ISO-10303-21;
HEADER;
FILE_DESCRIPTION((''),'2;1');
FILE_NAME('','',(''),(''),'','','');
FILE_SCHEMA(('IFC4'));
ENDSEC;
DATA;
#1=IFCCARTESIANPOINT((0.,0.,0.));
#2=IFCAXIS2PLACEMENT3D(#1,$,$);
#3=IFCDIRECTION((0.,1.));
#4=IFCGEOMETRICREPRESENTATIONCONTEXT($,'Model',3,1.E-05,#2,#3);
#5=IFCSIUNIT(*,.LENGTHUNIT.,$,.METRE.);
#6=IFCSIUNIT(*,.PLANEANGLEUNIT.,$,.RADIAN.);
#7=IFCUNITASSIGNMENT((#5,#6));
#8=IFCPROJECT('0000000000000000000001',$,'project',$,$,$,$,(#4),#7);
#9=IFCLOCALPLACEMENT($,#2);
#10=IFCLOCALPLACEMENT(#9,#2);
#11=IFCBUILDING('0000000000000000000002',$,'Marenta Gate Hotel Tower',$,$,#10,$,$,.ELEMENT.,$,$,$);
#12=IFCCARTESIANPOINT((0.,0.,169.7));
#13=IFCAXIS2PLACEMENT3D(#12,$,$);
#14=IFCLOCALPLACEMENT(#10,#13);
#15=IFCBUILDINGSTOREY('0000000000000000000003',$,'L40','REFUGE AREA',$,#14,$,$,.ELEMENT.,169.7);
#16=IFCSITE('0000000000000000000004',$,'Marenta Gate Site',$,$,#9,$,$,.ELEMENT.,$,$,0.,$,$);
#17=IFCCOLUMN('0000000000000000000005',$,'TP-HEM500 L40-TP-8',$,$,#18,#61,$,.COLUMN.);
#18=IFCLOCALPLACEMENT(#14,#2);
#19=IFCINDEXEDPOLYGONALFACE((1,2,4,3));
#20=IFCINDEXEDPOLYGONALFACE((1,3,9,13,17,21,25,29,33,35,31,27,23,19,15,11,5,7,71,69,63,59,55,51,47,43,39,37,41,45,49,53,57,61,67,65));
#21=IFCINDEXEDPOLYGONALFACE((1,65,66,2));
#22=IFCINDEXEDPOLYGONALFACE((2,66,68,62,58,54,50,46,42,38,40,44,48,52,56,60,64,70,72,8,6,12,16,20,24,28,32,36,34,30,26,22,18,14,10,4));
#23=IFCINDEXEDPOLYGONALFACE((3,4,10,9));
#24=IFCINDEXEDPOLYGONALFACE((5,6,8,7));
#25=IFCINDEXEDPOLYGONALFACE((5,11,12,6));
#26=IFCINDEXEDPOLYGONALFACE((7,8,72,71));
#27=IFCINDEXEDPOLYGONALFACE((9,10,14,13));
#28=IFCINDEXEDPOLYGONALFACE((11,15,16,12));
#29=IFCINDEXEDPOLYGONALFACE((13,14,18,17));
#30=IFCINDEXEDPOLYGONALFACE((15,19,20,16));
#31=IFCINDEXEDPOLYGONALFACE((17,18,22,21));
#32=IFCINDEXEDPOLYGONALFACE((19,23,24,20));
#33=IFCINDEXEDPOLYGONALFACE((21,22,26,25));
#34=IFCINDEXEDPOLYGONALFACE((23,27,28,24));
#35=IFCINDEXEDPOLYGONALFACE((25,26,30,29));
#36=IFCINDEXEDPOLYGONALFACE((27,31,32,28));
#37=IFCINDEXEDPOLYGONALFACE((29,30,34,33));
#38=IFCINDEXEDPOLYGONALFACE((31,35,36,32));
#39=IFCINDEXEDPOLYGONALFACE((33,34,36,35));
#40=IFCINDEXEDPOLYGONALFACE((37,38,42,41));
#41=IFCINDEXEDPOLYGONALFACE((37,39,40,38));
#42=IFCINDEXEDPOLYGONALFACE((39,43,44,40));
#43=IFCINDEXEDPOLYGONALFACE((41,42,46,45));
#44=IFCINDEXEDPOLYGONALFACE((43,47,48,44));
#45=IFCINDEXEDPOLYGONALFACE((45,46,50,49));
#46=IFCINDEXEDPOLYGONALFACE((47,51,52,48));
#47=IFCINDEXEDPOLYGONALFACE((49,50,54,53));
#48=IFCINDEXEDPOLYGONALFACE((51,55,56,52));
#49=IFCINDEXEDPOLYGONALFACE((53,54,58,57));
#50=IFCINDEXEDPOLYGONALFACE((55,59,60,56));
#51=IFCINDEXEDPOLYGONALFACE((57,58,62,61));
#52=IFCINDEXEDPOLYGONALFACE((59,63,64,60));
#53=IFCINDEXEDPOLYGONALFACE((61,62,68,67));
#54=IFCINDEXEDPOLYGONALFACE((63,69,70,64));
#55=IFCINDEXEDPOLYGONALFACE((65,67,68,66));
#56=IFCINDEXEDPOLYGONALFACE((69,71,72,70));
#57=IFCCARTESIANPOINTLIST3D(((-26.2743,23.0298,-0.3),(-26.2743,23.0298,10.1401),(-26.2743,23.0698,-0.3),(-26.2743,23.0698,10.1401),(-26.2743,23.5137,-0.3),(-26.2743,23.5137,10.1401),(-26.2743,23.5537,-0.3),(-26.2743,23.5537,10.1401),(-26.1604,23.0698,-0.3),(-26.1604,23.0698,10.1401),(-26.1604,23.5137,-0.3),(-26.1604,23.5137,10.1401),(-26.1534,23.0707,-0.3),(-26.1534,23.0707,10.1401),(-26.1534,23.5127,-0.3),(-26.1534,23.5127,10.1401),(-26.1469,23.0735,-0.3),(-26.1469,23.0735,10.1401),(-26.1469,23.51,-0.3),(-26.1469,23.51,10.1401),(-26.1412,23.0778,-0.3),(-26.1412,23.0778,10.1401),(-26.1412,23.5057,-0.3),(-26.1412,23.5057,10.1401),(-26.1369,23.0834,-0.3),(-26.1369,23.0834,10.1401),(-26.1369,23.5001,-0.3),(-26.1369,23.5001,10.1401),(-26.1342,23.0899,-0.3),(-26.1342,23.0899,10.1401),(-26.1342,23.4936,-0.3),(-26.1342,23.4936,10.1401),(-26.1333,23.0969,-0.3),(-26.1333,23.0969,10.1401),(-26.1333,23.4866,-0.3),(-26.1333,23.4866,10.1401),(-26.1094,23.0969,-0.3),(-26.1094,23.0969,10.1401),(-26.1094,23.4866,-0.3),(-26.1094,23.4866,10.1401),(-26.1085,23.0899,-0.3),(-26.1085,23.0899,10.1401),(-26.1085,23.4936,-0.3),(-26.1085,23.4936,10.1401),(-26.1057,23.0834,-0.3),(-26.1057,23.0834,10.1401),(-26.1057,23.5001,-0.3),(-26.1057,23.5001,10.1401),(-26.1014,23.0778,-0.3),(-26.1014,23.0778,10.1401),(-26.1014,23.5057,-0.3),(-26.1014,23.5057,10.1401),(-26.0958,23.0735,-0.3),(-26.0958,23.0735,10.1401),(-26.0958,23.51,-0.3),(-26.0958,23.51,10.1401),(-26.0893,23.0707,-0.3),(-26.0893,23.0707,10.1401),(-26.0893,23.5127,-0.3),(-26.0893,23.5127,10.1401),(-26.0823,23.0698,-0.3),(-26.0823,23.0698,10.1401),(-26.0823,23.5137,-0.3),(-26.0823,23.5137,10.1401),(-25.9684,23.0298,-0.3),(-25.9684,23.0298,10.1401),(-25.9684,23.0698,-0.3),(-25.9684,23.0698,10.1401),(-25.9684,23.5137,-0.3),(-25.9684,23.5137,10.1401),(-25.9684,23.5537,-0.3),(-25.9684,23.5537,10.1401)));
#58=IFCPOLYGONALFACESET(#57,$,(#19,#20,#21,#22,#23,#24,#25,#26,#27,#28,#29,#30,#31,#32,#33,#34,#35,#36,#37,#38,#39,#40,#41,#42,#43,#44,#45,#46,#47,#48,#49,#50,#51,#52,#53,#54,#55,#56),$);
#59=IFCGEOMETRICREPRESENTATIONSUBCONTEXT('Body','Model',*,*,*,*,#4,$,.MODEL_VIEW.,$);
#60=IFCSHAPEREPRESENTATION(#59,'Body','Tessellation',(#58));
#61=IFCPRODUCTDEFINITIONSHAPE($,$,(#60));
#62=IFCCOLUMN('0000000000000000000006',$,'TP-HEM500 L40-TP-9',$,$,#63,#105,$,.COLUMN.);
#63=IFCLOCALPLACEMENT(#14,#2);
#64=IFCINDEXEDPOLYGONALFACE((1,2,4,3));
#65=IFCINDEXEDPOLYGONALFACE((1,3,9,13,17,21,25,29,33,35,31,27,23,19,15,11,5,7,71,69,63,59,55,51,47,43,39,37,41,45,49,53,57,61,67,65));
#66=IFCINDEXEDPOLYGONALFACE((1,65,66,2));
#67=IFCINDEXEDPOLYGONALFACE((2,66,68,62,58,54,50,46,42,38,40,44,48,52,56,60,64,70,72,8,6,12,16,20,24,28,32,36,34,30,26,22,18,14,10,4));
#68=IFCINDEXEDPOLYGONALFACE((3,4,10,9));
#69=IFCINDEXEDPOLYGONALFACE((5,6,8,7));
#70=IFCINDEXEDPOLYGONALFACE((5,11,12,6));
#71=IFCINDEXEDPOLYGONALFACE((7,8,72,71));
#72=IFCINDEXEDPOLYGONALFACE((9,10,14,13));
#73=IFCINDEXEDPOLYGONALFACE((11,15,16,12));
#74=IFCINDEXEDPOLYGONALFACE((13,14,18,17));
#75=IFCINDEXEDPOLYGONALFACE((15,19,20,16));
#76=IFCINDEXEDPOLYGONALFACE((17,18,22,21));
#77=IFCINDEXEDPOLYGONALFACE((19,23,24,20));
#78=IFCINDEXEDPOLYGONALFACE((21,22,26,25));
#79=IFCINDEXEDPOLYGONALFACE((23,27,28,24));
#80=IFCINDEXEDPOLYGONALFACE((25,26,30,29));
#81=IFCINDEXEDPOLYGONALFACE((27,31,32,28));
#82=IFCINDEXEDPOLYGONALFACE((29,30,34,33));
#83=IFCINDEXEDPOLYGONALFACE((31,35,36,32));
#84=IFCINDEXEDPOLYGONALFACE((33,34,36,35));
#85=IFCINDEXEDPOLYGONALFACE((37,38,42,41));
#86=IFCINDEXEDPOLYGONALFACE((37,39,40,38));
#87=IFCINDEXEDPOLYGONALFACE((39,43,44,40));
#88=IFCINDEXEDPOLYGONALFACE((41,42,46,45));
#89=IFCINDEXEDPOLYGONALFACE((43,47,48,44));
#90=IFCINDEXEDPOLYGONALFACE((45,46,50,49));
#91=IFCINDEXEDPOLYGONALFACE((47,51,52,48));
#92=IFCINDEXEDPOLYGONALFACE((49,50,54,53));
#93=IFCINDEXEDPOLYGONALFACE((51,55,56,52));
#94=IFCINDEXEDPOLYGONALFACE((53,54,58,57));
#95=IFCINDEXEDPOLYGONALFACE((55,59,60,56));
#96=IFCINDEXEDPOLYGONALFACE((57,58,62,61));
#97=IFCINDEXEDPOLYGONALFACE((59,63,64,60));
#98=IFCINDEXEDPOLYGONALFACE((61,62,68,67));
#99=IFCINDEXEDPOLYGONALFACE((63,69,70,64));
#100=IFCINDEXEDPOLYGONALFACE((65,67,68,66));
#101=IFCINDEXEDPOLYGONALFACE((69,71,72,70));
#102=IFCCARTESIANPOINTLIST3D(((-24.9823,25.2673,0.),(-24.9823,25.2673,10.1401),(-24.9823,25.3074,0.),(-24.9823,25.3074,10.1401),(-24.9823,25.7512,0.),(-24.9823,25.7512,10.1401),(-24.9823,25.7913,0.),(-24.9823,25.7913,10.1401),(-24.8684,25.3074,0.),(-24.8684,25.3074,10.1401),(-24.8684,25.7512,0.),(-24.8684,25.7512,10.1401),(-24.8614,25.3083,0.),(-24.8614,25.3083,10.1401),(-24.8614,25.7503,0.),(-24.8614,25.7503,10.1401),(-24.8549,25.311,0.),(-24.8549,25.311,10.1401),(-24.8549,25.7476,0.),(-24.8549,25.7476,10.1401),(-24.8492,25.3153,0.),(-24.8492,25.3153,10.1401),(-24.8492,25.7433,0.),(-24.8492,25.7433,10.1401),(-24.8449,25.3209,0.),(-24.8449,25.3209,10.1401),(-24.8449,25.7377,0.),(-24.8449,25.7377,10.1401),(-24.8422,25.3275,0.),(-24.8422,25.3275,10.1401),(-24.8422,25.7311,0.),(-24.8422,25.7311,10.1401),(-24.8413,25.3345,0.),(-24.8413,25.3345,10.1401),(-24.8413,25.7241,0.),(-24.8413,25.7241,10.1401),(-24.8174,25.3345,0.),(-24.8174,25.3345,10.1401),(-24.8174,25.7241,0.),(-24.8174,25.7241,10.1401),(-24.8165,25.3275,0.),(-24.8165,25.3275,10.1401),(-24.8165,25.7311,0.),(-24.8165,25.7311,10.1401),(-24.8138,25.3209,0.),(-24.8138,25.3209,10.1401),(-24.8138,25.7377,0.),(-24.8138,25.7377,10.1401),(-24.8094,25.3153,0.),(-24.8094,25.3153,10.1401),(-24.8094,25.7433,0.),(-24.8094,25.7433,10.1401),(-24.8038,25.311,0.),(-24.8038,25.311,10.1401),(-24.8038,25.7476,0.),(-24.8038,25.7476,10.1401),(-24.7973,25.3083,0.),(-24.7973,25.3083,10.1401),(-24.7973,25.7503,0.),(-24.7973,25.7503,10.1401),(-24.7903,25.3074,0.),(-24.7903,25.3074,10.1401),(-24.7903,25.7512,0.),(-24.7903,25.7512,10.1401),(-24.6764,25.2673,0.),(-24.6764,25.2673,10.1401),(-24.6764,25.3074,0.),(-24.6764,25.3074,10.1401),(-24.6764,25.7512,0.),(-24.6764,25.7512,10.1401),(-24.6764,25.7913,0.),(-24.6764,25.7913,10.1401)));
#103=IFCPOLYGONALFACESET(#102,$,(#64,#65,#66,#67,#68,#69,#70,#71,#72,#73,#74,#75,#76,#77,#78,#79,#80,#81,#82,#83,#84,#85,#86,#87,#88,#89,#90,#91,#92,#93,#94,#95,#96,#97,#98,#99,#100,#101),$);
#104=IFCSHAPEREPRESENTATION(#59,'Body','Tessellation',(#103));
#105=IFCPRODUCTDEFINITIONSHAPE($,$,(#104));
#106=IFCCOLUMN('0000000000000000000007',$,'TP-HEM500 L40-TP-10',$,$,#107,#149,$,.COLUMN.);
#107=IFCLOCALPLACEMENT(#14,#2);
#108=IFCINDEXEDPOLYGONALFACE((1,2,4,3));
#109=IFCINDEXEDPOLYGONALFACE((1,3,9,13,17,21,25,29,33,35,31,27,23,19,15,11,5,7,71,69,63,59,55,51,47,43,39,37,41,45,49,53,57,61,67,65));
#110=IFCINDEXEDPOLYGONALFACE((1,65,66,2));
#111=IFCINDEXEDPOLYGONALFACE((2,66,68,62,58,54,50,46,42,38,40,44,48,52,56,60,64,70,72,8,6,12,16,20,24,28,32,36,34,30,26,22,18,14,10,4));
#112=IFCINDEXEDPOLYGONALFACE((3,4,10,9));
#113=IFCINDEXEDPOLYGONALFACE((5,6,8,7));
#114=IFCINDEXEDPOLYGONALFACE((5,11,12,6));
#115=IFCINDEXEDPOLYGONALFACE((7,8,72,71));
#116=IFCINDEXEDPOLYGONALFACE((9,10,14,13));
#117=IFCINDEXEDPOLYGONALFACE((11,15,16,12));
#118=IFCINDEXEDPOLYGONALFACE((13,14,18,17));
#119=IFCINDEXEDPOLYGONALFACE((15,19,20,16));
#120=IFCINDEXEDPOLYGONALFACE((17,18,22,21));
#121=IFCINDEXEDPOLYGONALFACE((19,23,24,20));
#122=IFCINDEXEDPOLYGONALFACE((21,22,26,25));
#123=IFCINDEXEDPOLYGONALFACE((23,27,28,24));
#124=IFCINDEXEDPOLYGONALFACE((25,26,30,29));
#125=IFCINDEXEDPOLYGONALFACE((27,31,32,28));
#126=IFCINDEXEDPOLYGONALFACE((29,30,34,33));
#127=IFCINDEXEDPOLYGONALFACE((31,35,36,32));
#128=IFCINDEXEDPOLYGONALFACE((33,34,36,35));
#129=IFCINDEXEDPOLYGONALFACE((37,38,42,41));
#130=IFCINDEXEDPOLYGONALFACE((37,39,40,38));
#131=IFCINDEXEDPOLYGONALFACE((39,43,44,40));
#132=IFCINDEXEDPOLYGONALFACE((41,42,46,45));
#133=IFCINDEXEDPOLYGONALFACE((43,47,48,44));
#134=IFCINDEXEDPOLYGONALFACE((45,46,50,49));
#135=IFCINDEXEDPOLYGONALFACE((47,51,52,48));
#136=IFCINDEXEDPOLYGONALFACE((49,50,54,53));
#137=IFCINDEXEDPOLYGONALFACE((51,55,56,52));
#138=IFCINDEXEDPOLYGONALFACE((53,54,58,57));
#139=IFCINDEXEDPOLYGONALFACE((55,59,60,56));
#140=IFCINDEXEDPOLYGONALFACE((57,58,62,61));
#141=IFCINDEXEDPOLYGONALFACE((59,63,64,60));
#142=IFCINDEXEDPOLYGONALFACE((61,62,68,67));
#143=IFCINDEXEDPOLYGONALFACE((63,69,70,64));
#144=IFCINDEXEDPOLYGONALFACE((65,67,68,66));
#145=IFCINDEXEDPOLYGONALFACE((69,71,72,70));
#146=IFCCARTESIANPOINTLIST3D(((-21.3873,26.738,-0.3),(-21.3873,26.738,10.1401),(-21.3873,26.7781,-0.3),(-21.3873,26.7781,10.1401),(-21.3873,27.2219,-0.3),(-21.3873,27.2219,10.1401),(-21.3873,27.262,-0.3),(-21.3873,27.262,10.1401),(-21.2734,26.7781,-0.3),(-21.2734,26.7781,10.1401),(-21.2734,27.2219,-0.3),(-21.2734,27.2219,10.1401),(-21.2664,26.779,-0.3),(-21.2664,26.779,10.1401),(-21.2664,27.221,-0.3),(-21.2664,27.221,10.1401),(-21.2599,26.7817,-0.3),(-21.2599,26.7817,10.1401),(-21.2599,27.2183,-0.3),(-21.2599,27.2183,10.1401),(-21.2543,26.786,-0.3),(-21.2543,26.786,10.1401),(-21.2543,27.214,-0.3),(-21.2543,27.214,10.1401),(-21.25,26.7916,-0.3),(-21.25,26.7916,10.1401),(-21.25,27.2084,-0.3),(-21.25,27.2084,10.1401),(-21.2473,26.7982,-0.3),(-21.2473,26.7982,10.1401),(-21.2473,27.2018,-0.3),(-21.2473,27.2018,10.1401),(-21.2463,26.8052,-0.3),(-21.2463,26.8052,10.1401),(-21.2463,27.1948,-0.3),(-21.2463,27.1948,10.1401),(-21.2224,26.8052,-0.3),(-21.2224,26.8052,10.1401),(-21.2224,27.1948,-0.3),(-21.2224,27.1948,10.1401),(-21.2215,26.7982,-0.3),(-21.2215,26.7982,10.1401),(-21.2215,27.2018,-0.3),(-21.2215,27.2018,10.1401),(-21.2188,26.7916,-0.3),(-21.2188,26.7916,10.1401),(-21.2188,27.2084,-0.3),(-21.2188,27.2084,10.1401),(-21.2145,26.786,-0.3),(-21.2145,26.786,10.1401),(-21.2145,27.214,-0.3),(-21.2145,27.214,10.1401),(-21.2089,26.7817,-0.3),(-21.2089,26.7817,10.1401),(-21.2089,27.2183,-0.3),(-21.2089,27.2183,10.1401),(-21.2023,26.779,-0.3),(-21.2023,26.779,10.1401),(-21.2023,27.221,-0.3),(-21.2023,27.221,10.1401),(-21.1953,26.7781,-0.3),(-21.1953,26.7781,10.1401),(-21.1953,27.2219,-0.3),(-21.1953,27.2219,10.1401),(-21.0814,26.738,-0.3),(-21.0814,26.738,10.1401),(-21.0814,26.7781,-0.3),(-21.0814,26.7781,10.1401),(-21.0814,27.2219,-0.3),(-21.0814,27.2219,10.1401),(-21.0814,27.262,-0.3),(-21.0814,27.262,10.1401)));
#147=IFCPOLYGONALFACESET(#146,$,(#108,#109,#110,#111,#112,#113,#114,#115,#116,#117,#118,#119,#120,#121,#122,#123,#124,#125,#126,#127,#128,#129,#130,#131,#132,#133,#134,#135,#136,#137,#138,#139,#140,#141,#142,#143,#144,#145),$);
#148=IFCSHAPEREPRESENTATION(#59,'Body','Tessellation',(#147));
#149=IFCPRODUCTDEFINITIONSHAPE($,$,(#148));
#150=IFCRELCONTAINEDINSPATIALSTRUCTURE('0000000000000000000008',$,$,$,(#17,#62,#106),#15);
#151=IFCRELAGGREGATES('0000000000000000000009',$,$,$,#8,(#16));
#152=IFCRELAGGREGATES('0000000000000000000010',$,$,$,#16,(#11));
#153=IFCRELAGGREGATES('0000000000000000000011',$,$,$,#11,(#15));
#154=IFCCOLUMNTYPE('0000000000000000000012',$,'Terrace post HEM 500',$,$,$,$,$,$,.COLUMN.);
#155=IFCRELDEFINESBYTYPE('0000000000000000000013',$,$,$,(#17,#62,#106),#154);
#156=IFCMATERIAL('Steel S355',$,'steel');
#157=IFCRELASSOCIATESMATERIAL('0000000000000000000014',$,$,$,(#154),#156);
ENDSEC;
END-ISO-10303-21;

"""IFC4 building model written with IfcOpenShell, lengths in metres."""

from ifc_helpers import new_model, si_unit, direction, frame, origin, origin_2d, place, context, subcontext, project, spatial, i_section, extrude, material, material_profile, profile_set, type_object, element, save


model = new_model("IFC4")

# Units and contexts
model_context = context("Model", 3, precision=1e-05, world=origin(), true_north=direction((0.0, 1.0)))
body_context = subcontext(model_context, "Body", "Model", "MODEL_VIEW")
ifc_project = project(units=[si_unit("LENGTHUNIT", "METRE"), si_unit("PLANEANGLEUNIT", "RADIAN")], contexts=[model_context])

# Site, building, storey
site_placement = place(None, origin())
site = spatial("IfcSite", under=ifc_project, at=site_placement, Name="Marenta Gate Site", CompositionType="ELEMENT", RefElevation=0.0)
building_placement = place(site_placement, origin())
building = spatial("IfcBuilding", under=site, at=building_placement, Name="Marenta Gate Hotel Tower", CompositionType="ELEMENT")
storey_placement = place(building_placement, frame((0.0, 0.0, 169.7)))
storey = spatial("IfcBuildingStorey", under=building, at=storey_placement, Name="L40", Description="REFUGE AREA", CompositionType="ELEMENT", Elevation=169.7)

# Columns
ifc_material_1 = material(Name="Steel S355", Category="steel")
ifc_material_profile_1 = material_profile(ifc_material_1, i_section(OverallWidth=0.3059, OverallDepth=0.5239, WebThickness=0.0239, FlangeThickness=0.04, FilletRadius=0.0271, at=origin_2d()), Name="HEM 500")
ifc_profile_set_1 = profile_set([ifc_material_profile_1], Name="Steel S355")
column_type = type_object("IfcColumnType", Name="Terrace post HEM 500", PredefinedType="COLUMN", material=ifc_profile_set_1)
column_1_placement = place(storey_placement, frame((-26.1213, 23.2917, -0.3), z_axis=(0.0, 0.0, 1.0), x_axis=(1.0, 0.0, 0.0)))
element("IfcColumn", 1, at=column_1_placement, inside=storey, type_object=column_type, Name="TP-HEM500 L40-TP-8", PredefinedType="COLUMN", context=body_context, shape_type="SweptSolid", body=[
    extrude(i_section(OverallWidth=0.3059, OverallDepth=0.5239, WebThickness=0.0239, FlangeThickness=0.04, FilletRadius=0.0271, at=origin_2d()), origin(), (0.0, 0.0, 1.0), 10.4402),
])
column_2_placement = place(storey_placement, frame((-24.8293, 25.5293, 0.0), z_axis=(0.0, 0.0, 1.0), x_axis=(1.0, 0.0, 0.0)))
element("IfcColumn", 2, at=column_2_placement, inside=storey, type_object=column_type, Name="TP-HEM500 L40-TP-9", PredefinedType="COLUMN", context=body_context, shape_type="SweptSolid", body=[
    extrude(i_section(OverallWidth=0.3059, OverallDepth=0.5239, WebThickness=0.0239, FlangeThickness=0.04, FilletRadius=0.0271, at=origin_2d()), origin(), (0.0, 0.0, 1.0), 10.1401),
])
column_3_placement = place(storey_placement, frame((-21.2344, 27.0, -0.3), z_axis=(0.0, 0.0, 1.0), x_axis=(1.0, 0.0, 0.0)))
element("IfcColumn", 3, at=column_3_placement, inside=storey, type_object=column_type, Name="TP-HEM500 L40-TP-10", PredefinedType="COLUMN", context=body_context, shape_type="SweptSolid", body=[
    extrude(i_section(OverallWidth=0.3059, OverallDepth=0.5239, WebThickness=0.0239, FlangeThickness=0.04, FilletRadius=0.0271, at=origin_2d()), origin(), (0.0, 0.0, 1.0), 10.4402),
])

save(model, "model.ifc")
